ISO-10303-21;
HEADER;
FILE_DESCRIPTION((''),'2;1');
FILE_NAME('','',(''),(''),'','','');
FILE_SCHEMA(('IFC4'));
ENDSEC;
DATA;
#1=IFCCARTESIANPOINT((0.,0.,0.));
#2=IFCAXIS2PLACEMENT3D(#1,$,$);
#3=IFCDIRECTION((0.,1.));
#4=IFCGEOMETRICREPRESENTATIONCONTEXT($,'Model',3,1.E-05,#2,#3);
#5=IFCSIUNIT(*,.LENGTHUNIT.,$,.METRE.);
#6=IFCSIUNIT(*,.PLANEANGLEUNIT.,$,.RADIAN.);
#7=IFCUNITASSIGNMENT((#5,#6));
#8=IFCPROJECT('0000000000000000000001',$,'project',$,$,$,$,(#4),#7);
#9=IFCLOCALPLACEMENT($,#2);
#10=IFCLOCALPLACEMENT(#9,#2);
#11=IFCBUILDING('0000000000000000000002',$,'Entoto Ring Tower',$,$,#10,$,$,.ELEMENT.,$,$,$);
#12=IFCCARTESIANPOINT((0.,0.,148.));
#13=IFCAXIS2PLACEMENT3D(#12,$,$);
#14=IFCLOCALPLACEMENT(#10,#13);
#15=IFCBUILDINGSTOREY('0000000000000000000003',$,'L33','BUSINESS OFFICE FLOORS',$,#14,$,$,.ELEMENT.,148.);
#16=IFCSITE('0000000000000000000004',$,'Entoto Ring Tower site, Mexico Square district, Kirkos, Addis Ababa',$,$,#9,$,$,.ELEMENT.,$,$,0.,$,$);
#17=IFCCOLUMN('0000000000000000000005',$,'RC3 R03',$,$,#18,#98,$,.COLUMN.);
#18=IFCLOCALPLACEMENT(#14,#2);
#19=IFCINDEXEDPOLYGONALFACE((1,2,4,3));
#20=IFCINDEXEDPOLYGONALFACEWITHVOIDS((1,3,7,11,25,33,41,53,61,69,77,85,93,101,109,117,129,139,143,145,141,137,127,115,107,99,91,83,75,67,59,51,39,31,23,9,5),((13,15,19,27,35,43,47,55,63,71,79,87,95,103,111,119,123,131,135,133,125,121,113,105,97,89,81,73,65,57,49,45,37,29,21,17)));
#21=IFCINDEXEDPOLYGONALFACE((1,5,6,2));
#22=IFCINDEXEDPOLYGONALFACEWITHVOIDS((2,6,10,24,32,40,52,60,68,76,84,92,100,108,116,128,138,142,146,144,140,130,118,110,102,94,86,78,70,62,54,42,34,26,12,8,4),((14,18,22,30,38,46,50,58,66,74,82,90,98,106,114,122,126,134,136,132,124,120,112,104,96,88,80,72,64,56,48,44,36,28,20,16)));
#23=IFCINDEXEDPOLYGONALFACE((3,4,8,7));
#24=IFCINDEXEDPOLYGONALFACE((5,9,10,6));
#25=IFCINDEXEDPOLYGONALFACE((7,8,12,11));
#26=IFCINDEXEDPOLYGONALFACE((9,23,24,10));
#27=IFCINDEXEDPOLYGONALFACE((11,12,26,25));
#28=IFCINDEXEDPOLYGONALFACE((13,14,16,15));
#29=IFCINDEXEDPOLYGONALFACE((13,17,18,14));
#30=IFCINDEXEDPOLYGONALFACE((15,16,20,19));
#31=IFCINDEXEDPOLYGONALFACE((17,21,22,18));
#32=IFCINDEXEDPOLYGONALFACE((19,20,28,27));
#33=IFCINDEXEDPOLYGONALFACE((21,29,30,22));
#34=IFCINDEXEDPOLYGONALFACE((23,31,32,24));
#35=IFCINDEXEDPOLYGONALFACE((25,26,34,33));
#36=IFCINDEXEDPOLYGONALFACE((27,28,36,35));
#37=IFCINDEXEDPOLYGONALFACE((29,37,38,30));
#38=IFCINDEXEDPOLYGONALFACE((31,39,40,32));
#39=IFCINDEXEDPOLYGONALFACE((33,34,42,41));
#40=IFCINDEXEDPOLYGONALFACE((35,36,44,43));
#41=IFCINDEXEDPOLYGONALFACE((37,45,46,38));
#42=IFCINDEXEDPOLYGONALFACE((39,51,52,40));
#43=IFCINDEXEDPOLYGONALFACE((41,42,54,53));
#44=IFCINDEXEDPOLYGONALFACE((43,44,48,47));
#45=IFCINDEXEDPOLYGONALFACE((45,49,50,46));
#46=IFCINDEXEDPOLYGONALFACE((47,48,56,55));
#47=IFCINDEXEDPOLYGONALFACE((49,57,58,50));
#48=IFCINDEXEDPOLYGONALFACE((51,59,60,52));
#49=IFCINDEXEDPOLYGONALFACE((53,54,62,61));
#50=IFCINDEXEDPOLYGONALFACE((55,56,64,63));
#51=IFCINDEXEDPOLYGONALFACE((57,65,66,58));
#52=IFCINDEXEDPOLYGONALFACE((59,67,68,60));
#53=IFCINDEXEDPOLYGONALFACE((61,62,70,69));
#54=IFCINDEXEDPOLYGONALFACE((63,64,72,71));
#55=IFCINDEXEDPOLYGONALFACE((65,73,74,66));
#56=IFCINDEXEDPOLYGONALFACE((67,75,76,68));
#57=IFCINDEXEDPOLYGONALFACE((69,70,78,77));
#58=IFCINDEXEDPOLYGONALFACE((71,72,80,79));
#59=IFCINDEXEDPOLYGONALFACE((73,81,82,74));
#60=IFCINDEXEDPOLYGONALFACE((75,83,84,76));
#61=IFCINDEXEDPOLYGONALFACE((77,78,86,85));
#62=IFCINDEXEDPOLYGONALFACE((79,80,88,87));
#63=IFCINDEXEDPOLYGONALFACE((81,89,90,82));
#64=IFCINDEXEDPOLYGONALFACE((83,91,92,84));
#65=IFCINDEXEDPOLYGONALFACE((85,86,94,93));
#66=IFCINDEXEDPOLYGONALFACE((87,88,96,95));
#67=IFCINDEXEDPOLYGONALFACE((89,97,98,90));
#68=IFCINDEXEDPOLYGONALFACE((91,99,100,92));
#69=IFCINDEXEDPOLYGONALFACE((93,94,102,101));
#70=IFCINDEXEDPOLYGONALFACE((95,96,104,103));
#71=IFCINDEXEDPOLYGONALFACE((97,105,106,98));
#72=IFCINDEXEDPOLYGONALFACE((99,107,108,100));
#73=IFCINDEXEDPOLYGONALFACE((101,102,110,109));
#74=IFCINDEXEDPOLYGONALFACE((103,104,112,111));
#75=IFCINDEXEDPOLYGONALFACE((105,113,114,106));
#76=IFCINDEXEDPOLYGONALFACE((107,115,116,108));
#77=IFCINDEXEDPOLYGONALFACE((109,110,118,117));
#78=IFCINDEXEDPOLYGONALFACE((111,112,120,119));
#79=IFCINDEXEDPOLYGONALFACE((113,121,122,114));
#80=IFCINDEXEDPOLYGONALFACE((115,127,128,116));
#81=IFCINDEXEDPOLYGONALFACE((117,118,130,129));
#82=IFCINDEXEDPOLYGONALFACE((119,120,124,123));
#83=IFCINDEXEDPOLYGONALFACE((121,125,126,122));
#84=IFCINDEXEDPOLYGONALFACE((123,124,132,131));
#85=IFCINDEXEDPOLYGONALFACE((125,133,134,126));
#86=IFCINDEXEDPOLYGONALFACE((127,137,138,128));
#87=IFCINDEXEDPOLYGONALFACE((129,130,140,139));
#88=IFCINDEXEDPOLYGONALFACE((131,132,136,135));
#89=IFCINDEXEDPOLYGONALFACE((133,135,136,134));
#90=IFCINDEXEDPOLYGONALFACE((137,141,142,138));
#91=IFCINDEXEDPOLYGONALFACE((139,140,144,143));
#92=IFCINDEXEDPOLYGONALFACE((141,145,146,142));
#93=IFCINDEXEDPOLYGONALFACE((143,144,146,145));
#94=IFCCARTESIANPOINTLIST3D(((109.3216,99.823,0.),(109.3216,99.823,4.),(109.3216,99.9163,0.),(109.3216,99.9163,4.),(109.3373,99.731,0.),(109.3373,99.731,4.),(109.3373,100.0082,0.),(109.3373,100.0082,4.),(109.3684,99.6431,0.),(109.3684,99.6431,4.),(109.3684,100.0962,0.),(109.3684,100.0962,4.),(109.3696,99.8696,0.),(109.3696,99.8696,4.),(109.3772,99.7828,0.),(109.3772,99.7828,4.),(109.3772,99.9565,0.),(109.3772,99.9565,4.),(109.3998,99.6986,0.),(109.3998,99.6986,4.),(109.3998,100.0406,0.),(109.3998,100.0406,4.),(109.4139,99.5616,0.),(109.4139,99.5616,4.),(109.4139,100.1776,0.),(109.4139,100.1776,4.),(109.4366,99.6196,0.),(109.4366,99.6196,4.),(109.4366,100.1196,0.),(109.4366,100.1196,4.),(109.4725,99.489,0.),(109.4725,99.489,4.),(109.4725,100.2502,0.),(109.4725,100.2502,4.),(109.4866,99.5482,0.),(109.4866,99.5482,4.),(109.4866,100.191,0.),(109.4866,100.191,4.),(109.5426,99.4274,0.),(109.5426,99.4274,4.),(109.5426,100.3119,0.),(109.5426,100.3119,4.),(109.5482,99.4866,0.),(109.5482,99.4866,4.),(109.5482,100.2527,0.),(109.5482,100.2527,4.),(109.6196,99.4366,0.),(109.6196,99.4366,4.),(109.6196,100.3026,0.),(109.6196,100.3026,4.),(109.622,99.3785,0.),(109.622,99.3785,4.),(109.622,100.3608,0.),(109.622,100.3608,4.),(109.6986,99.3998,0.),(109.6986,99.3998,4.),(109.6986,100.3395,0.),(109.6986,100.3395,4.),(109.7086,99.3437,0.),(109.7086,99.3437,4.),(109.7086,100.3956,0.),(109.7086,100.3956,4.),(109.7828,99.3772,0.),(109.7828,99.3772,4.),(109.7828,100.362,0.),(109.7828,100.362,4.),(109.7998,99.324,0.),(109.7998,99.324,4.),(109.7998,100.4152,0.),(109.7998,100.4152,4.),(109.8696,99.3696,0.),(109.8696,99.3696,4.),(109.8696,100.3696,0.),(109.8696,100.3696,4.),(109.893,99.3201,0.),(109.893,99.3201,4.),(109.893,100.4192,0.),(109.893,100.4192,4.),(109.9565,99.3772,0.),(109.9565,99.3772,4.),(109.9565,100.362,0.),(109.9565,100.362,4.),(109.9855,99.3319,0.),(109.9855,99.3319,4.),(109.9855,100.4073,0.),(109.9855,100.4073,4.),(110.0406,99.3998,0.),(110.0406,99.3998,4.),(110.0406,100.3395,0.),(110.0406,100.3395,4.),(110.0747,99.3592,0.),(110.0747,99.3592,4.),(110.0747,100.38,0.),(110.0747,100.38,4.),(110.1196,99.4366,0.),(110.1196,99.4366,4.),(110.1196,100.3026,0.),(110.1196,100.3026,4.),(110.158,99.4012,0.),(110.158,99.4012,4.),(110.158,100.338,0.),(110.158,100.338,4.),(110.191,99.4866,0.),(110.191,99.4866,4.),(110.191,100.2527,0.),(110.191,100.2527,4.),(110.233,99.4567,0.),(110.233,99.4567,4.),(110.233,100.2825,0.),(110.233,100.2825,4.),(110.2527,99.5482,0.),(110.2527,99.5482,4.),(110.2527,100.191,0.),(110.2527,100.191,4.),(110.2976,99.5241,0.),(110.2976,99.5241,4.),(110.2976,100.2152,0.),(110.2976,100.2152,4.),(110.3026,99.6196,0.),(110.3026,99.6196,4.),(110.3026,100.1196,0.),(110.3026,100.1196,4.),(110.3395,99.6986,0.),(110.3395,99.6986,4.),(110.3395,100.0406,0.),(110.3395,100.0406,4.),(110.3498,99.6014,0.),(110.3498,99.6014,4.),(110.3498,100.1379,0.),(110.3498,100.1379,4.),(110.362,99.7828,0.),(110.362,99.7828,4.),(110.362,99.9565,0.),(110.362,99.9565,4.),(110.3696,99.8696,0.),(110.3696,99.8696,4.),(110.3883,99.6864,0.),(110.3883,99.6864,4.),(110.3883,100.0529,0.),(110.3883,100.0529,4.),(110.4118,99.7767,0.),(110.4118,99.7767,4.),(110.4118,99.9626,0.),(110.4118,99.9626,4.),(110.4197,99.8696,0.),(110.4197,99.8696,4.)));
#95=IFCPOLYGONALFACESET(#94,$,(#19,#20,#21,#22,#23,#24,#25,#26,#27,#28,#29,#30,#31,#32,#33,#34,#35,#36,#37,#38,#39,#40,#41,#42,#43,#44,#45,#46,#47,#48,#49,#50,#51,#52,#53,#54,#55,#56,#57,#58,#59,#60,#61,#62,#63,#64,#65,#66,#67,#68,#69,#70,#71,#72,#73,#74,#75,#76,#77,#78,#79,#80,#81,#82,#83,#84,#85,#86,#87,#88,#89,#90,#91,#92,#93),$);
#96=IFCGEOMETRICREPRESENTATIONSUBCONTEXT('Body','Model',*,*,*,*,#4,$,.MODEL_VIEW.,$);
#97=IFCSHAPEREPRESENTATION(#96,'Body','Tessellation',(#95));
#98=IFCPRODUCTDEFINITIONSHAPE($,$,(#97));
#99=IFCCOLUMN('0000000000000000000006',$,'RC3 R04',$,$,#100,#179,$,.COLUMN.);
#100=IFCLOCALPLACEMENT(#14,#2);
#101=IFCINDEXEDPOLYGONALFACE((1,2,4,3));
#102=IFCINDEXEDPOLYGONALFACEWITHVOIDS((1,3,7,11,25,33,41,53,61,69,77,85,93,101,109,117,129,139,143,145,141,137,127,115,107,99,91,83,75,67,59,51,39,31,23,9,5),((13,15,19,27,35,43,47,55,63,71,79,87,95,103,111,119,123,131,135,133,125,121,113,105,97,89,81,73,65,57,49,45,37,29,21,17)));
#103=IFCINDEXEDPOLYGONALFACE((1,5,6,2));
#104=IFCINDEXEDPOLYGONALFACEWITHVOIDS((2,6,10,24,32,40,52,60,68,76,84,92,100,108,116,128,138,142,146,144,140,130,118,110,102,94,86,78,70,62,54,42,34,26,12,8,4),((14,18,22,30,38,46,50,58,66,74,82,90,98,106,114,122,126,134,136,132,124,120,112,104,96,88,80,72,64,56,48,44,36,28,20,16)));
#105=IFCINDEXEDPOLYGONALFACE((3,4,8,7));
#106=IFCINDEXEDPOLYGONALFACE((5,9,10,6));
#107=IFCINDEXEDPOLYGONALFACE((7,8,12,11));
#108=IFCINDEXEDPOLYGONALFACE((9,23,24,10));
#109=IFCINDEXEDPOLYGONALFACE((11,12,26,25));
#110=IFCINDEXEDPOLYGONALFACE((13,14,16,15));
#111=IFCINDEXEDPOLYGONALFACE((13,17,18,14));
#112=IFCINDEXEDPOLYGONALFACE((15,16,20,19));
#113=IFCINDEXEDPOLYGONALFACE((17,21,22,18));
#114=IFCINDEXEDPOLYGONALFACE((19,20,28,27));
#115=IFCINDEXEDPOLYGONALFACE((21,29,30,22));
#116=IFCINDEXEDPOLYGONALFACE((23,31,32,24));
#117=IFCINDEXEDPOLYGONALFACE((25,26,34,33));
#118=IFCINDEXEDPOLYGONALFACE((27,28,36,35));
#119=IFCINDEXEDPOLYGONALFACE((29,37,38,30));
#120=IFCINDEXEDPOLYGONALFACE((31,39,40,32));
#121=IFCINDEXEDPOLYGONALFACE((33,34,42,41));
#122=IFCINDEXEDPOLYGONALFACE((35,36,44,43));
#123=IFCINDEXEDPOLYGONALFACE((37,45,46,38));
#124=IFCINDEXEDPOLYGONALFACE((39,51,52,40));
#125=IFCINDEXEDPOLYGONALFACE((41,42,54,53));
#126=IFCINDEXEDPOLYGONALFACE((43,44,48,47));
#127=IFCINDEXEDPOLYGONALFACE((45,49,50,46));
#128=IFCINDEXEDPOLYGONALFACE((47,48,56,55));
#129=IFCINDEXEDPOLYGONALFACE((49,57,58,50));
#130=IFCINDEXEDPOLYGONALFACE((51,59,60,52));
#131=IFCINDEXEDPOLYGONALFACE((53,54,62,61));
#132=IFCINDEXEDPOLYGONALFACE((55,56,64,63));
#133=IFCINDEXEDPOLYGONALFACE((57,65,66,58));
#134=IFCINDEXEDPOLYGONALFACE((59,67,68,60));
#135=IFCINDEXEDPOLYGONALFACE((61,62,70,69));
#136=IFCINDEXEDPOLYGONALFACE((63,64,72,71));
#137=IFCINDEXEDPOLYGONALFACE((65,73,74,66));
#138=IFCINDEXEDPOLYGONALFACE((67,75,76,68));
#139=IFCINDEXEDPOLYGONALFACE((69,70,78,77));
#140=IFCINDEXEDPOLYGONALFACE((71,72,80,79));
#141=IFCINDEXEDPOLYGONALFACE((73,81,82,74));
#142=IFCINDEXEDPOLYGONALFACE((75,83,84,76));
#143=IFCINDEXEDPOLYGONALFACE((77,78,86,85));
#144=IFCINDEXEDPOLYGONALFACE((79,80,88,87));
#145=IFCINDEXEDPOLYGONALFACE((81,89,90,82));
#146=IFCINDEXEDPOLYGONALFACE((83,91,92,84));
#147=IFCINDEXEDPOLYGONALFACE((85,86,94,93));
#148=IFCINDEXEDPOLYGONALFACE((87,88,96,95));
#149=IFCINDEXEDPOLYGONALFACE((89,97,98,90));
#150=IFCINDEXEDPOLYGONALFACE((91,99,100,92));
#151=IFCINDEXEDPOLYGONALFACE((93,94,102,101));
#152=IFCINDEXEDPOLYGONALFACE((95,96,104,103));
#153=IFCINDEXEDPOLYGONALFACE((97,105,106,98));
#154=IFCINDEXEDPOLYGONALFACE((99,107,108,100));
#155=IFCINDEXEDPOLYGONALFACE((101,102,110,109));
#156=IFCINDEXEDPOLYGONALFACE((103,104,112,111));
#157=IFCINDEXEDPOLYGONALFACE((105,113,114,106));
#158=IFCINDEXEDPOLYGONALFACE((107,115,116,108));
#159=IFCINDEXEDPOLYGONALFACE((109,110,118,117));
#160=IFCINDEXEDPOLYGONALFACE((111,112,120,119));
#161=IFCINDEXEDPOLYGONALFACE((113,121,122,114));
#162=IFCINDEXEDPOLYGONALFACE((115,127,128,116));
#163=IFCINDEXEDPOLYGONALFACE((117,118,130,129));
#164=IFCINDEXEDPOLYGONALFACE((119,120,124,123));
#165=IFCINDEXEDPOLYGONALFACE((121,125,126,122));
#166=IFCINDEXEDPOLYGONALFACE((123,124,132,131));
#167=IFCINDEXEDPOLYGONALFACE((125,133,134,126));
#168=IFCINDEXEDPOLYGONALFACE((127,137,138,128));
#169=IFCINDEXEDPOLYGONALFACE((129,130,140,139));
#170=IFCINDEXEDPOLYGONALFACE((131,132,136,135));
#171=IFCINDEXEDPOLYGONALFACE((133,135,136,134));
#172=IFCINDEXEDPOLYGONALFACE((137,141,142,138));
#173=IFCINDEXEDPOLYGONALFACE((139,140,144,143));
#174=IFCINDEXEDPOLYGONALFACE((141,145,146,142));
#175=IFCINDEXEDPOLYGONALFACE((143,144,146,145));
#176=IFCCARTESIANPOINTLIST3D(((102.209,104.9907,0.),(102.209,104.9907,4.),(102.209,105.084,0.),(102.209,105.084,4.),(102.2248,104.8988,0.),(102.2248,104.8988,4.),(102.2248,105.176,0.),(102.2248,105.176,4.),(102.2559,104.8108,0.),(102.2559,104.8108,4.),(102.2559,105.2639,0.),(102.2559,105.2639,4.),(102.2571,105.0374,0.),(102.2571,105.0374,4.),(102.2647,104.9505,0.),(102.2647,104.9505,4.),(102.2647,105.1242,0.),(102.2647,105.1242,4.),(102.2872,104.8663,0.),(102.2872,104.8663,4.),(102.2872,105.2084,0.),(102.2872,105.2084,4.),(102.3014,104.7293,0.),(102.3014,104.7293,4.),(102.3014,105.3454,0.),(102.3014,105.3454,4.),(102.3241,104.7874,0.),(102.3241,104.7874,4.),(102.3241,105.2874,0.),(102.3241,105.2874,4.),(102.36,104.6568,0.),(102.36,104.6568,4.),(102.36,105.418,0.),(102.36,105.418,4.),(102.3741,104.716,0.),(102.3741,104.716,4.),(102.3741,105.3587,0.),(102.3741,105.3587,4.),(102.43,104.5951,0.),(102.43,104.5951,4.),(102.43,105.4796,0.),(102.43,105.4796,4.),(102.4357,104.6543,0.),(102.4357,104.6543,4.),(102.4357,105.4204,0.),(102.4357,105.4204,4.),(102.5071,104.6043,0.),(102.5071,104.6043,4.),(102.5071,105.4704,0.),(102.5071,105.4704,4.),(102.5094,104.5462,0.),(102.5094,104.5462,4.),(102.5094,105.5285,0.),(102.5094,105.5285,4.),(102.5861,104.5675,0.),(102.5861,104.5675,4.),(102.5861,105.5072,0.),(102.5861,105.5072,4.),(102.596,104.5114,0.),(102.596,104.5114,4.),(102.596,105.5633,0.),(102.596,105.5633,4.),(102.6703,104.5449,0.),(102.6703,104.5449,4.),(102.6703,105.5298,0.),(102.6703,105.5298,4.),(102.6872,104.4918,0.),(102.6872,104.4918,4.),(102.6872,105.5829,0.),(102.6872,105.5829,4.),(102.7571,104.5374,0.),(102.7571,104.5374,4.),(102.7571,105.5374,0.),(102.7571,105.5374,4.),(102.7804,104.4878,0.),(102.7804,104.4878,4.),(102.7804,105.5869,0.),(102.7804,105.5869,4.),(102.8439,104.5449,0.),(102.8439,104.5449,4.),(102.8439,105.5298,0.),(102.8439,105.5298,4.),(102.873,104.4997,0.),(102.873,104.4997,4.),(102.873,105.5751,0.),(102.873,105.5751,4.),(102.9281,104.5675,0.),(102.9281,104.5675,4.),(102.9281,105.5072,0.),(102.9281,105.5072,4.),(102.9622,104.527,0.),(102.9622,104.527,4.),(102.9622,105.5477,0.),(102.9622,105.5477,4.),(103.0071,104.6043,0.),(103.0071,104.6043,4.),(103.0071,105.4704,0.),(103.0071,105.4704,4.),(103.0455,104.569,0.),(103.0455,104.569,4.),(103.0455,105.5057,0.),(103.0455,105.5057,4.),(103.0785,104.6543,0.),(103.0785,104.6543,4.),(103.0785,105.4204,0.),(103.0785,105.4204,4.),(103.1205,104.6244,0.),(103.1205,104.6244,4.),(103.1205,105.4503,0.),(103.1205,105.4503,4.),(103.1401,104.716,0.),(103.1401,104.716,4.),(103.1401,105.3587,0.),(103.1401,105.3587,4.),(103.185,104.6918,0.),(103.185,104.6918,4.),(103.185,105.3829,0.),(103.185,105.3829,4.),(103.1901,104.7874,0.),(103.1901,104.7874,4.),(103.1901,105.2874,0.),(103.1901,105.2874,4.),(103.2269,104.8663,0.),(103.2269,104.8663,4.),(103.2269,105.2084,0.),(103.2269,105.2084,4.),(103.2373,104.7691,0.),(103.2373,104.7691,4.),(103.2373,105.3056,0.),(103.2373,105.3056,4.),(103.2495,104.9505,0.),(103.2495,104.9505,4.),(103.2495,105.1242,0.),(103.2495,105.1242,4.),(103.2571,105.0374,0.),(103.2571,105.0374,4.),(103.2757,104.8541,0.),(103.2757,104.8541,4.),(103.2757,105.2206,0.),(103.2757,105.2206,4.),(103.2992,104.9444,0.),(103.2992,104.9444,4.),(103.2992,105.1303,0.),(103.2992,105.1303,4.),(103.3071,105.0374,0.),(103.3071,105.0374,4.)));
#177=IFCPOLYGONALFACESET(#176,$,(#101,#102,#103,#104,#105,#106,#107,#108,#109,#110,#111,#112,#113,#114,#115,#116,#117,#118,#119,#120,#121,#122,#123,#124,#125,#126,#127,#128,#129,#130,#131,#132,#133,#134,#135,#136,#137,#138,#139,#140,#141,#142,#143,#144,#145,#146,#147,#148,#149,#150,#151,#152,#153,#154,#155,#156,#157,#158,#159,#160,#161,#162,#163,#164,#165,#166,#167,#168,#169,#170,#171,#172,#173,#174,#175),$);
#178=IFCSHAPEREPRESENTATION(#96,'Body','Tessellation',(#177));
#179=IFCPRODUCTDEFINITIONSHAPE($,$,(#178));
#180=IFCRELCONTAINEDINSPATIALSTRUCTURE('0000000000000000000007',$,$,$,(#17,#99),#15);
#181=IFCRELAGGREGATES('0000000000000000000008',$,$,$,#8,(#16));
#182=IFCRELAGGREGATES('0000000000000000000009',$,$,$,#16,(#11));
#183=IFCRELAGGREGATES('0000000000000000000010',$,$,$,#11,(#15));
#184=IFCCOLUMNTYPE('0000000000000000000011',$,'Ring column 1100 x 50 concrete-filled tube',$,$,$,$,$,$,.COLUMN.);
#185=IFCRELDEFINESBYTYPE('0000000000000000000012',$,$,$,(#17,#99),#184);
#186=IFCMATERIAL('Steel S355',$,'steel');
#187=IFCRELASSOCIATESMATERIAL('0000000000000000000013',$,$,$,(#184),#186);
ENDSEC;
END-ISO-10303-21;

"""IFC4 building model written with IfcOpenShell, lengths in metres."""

from ifc_helpers import new_model, si_unit, direction, frame, origin, origin_2d, place, context, subcontext, project, spatial, circle, hollow_circle, extrude, material, material_profile, profile_set, type_object, element, save


model = new_model("IFC4")

# Units and contexts
model_context = context("Model", 3, precision=1e-05, world=origin(), true_north=direction((0.0, 1.0)))
body_context = subcontext(model_context, "Body", "Model", "MODEL_VIEW")
ifc_project = project(units=[si_unit("LENGTHUNIT", "METRE"), si_unit("PLANEANGLEUNIT", "RADIAN")], contexts=[model_context])

# Site, building, storey
site_placement = place(None, origin())
site = spatial("IfcSite", under=ifc_project, at=site_placement, Name="Entoto Ring Tower site, Mexico Square district, Kirkos, Addis Ababa", CompositionType="ELEMENT", RefElevation=0.0)
building_placement = place(site_placement, origin())
building = spatial("IfcBuilding", under=site, at=building_placement, Name="Entoto Ring Tower", CompositionType="ELEMENT")
storey_placement = place(building_placement, frame((0.0, 0.0, 148.0)))
storey = spatial("IfcBuildingStorey", under=building, at=storey_placement, Name="L33", Description="BUSINESS OFFICE FLOORS", CompositionType="ELEMENT", Elevation=148.0)

# Columns
ifc_material_1 = material(Name="Steel S355", Category="steel")
ifc_material_profile_1 = material_profile(ifc_material_1, hollow_circle(Radius=0.55, WallThickness=0.05, at=origin_2d()), Name="CHS 1100 x 50")
ifc_material_2 = material(Name="Concrete C60/75", Category="concrete")
ifc_material_profile_2 = material_profile(ifc_material_2, circle(Radius=0.5, at=origin_2d()), Name="Concrete C60/75 infill")
ifc_profile_set_1 = profile_set([ifc_material_profile_1, ifc_material_profile_2], Name="Steel S355")
column_type = type_object("IfcColumnType", Name="Ring column 1100 x 50 concrete-filled tube", PredefinedType="COLUMN", material=ifc_profile_set_1)
for number, where, z_axis, x_axis, name in (
    (1, (109.8696, 99.8696, 0.0), (0.0, 0.0, 1.0), (1.0, 0.0, 0.0), "RC3 R03"),
    (2, (102.7571, 105.0374, 0.0), (0.0, 0.0, 1.0), (1.0, 0.0, 0.0), "RC3 R04"),
):
    element("IfcColumn", number, at=place(storey_placement, frame(where, z_axis=z_axis, x_axis=x_axis)), inside=storey, type_object=column_type, Name=name, PredefinedType="COLUMN", context=body_context, shape_type="SweptSolid", body=[
        extrude(hollow_circle(Radius=0.55, WallThickness=0.05, at=origin_2d()), origin(), (0.0, 0.0, 1.0), 4.0),
    ])

save(model, "model.ifc")
